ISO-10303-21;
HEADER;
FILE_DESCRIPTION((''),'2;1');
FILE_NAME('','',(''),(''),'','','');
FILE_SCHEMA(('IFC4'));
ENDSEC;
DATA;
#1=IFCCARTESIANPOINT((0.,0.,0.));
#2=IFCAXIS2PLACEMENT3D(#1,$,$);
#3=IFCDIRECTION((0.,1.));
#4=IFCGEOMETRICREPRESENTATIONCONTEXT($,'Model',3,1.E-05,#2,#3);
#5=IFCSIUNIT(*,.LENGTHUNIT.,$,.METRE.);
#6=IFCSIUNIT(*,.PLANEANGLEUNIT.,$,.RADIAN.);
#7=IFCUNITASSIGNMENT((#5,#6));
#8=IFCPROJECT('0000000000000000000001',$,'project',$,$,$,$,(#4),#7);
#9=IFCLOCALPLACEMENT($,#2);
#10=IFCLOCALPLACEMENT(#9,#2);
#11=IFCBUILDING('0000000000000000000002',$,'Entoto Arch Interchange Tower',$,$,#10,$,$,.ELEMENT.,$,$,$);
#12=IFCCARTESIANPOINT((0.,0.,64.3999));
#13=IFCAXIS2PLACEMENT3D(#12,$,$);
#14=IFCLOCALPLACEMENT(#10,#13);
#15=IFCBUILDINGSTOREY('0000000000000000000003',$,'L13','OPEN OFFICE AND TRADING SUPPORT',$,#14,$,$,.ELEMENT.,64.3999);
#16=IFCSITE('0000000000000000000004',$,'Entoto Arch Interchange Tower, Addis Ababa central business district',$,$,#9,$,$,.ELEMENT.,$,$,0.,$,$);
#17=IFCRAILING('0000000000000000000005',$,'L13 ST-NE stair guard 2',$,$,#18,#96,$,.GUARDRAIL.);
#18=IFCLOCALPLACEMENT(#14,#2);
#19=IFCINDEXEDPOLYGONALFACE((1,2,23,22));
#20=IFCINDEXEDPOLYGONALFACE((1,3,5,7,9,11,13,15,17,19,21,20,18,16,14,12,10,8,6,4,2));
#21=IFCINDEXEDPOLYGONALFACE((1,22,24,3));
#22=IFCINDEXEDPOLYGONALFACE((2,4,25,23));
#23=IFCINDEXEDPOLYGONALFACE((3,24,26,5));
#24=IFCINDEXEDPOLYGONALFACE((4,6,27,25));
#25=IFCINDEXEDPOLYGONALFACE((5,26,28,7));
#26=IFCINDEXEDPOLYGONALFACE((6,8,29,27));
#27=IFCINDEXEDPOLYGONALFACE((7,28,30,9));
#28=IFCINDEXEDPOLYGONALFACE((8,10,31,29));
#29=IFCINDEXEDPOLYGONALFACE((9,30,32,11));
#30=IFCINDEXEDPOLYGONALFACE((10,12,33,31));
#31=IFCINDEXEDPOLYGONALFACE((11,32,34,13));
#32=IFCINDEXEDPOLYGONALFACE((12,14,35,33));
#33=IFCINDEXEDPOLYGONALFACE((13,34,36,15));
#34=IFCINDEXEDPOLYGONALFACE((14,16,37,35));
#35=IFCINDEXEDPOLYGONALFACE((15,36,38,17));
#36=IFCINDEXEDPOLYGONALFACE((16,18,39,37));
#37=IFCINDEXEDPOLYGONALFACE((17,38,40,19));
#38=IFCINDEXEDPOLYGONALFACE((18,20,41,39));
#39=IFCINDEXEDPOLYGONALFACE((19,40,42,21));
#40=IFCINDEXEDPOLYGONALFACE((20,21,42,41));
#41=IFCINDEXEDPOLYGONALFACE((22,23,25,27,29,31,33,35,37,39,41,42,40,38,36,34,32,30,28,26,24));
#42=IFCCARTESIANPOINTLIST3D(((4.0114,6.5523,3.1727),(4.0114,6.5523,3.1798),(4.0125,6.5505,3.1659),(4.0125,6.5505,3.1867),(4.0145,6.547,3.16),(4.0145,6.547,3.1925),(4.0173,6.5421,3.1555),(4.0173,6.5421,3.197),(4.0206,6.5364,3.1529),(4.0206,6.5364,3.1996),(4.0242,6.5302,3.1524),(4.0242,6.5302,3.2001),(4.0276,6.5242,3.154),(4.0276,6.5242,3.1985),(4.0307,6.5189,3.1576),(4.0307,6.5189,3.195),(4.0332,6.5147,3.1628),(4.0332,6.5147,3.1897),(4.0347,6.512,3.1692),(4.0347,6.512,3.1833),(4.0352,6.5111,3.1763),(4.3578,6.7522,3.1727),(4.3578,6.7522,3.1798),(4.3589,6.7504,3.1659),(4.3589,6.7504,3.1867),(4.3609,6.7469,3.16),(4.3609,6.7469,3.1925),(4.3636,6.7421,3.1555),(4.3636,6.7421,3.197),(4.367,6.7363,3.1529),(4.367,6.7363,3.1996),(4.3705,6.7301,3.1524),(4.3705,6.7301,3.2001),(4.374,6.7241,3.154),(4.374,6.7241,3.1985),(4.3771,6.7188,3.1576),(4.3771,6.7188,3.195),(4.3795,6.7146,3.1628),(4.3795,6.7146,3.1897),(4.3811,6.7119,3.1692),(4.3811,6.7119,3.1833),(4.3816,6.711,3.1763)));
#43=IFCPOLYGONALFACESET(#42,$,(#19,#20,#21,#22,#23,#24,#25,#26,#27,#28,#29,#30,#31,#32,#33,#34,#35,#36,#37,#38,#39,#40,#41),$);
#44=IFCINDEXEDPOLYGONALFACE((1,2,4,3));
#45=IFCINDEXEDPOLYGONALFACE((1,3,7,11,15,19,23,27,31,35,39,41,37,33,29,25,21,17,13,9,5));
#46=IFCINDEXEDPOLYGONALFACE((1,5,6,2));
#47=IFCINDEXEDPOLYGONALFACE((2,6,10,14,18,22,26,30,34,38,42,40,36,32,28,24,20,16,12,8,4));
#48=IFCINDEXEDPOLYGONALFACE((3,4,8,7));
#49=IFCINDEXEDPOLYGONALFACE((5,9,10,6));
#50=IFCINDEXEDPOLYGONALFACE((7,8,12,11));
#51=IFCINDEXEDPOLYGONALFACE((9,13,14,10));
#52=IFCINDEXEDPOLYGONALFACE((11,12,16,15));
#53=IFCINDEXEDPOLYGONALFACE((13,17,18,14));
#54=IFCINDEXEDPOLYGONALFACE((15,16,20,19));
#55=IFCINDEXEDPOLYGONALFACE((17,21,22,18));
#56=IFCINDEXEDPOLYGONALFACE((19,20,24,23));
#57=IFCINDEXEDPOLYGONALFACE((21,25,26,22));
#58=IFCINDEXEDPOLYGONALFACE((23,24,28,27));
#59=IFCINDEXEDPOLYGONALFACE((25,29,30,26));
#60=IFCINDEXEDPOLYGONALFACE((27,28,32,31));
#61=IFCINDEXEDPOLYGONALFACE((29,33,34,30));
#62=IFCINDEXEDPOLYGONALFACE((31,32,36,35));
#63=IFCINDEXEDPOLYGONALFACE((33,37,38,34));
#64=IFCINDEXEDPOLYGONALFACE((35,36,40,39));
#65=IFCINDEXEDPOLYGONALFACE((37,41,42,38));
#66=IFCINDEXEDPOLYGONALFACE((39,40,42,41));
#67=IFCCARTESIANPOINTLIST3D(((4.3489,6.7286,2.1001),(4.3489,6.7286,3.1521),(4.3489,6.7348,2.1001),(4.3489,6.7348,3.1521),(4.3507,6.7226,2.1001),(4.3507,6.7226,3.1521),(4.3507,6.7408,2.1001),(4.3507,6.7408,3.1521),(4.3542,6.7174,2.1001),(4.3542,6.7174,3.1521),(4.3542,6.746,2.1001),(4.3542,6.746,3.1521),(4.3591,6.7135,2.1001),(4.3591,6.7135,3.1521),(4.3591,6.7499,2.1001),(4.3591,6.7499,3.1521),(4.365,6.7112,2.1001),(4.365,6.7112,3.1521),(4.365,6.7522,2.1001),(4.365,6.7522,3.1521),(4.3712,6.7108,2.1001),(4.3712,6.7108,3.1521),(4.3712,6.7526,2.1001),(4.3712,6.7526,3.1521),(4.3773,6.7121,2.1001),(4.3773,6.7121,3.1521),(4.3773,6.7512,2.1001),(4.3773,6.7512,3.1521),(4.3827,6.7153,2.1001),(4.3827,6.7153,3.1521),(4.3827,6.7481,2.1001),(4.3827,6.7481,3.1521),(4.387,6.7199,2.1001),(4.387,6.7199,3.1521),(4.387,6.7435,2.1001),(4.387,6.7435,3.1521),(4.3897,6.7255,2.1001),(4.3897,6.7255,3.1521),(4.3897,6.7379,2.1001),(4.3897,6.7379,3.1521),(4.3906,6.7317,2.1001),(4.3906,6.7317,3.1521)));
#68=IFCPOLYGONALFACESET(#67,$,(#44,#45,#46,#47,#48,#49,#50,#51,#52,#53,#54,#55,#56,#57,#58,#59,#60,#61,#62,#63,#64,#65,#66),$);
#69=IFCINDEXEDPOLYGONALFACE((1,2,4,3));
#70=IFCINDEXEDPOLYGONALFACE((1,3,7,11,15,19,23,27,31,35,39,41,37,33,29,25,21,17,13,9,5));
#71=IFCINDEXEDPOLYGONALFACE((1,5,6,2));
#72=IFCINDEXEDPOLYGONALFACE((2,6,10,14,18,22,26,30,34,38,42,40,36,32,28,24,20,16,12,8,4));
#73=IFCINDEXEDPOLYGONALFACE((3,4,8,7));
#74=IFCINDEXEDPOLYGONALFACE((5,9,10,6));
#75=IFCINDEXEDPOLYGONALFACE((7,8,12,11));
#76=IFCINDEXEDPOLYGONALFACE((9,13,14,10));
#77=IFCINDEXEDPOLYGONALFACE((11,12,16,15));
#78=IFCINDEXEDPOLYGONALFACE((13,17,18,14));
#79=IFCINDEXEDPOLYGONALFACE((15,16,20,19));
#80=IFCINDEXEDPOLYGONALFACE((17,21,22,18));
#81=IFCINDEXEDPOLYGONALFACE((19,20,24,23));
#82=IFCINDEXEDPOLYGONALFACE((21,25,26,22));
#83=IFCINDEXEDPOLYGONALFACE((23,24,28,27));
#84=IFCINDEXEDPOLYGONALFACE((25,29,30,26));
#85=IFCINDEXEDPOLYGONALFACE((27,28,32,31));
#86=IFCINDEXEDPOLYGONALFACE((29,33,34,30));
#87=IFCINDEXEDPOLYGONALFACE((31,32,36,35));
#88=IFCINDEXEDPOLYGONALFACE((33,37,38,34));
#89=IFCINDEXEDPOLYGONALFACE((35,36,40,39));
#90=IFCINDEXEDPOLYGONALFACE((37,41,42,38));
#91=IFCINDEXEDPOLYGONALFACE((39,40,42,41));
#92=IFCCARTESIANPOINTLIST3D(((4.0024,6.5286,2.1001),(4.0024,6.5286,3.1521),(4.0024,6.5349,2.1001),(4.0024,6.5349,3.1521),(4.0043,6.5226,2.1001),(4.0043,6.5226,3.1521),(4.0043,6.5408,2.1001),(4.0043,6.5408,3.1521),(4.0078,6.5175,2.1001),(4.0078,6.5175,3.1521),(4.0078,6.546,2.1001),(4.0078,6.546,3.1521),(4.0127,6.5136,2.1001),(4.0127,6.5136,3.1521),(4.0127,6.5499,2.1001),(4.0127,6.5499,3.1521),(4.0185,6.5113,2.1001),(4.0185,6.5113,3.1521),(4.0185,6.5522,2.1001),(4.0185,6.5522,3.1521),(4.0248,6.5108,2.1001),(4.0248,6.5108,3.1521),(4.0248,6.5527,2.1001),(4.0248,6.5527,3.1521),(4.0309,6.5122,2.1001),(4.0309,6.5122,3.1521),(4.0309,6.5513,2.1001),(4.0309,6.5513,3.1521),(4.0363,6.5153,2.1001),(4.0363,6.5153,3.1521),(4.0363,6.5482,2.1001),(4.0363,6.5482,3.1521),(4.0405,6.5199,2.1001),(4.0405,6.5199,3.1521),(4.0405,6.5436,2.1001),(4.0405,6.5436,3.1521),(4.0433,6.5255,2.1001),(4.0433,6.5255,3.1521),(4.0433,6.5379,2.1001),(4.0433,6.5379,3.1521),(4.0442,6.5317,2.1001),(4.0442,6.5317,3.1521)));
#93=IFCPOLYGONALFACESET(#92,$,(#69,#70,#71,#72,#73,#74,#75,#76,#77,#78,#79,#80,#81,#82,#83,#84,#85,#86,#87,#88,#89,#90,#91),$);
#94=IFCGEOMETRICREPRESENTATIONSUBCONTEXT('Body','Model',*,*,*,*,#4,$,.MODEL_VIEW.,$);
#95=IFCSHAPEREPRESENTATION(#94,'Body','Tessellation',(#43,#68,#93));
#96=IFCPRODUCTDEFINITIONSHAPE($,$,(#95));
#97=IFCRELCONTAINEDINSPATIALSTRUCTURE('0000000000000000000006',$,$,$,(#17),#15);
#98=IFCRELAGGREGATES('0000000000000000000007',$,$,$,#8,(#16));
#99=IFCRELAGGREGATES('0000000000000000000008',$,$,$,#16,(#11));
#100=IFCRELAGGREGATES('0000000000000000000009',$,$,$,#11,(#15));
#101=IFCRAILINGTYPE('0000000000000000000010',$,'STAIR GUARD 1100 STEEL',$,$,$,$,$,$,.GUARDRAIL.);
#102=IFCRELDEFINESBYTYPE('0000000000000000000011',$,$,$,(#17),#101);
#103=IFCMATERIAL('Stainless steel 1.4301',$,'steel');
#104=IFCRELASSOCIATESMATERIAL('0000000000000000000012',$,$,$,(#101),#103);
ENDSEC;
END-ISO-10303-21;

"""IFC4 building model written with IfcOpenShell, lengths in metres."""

from ifc_helpers import new_model, si_unit, direction, frame, origin, origin_2d, place, context, subcontext, project, spatial, circle, extrude, material, type_object, element, save


model = new_model("IFC4")

# Units and contexts
model_context = context("Model", 3, precision=1e-05, world=origin(), true_north=direction((0.0, 1.0)))
body_context = subcontext(model_context, "Body", "Model", "MODEL_VIEW")
ifc_project = project(units=[si_unit("LENGTHUNIT", "METRE"), si_unit("PLANEANGLEUNIT", "RADIAN")], contexts=[model_context])

# Site, building, storey
site_placement = place(None, origin())
site = spatial("IfcSite", under=ifc_project, at=site_placement, Name="Entoto Arch Interchange Tower, Addis Ababa central business district", CompositionType="ELEMENT", RefElevation=0.0)
building_placement = place(site_placement, origin())
building = spatial("IfcBuilding", under=site, at=building_placement, Name="Entoto Arch Interchange Tower", CompositionType="ELEMENT")
storey_placement = place(building_placement, frame((0.0, 0.0, 64.3999)))
storey = spatial("IfcBuildingStorey", under=building, at=storey_placement, Name="L13", Description="OPEN OFFICE AND TRADING SUPPORT", CompositionType="ELEMENT", Elevation=64.3999)

# Railing
ifc_material_1 = material(Name="Stainless steel 1.4301", Category="steel")
railing_type_1 = type_object("IfcRailingType", Name="STAIR GUARD 1100 STEEL", PredefinedType="GUARDRAIL", material=ifc_material_1)
railing_1_placement = place(storey_placement, frame((4.3696, 6.7317, 2.1001)))
element("IfcRailing", 1, at=railing_1_placement, inside=storey, type_object=railing_type_1, Name="L13 ST-NE stair guard 2", PredefinedType="GUARDRAIL", context=body_context, shape_type="SweptSolid", body=[
    extrude(circle(Radius=0.0239, at=origin_2d()), frame((0.0, 0.0, 1.0762), z_axis=(-0.866094, -0.499881, 0.0), x_axis=(0.499881, -0.866094, 0.0)), (0.0, 0.0, 1.0), 0.3999),
    extrude(circle(Radius=0.021, at=origin_2d()), origin(), (0.0, 0.0, 1.0), 1.052),
    extrude(circle(Radius=0.021, at=origin_2d()), frame((-0.3464, -0.2, 0.0)), (0.0, 0.0, 1.0), 1.052),
])

save(model, "model.ifc")
